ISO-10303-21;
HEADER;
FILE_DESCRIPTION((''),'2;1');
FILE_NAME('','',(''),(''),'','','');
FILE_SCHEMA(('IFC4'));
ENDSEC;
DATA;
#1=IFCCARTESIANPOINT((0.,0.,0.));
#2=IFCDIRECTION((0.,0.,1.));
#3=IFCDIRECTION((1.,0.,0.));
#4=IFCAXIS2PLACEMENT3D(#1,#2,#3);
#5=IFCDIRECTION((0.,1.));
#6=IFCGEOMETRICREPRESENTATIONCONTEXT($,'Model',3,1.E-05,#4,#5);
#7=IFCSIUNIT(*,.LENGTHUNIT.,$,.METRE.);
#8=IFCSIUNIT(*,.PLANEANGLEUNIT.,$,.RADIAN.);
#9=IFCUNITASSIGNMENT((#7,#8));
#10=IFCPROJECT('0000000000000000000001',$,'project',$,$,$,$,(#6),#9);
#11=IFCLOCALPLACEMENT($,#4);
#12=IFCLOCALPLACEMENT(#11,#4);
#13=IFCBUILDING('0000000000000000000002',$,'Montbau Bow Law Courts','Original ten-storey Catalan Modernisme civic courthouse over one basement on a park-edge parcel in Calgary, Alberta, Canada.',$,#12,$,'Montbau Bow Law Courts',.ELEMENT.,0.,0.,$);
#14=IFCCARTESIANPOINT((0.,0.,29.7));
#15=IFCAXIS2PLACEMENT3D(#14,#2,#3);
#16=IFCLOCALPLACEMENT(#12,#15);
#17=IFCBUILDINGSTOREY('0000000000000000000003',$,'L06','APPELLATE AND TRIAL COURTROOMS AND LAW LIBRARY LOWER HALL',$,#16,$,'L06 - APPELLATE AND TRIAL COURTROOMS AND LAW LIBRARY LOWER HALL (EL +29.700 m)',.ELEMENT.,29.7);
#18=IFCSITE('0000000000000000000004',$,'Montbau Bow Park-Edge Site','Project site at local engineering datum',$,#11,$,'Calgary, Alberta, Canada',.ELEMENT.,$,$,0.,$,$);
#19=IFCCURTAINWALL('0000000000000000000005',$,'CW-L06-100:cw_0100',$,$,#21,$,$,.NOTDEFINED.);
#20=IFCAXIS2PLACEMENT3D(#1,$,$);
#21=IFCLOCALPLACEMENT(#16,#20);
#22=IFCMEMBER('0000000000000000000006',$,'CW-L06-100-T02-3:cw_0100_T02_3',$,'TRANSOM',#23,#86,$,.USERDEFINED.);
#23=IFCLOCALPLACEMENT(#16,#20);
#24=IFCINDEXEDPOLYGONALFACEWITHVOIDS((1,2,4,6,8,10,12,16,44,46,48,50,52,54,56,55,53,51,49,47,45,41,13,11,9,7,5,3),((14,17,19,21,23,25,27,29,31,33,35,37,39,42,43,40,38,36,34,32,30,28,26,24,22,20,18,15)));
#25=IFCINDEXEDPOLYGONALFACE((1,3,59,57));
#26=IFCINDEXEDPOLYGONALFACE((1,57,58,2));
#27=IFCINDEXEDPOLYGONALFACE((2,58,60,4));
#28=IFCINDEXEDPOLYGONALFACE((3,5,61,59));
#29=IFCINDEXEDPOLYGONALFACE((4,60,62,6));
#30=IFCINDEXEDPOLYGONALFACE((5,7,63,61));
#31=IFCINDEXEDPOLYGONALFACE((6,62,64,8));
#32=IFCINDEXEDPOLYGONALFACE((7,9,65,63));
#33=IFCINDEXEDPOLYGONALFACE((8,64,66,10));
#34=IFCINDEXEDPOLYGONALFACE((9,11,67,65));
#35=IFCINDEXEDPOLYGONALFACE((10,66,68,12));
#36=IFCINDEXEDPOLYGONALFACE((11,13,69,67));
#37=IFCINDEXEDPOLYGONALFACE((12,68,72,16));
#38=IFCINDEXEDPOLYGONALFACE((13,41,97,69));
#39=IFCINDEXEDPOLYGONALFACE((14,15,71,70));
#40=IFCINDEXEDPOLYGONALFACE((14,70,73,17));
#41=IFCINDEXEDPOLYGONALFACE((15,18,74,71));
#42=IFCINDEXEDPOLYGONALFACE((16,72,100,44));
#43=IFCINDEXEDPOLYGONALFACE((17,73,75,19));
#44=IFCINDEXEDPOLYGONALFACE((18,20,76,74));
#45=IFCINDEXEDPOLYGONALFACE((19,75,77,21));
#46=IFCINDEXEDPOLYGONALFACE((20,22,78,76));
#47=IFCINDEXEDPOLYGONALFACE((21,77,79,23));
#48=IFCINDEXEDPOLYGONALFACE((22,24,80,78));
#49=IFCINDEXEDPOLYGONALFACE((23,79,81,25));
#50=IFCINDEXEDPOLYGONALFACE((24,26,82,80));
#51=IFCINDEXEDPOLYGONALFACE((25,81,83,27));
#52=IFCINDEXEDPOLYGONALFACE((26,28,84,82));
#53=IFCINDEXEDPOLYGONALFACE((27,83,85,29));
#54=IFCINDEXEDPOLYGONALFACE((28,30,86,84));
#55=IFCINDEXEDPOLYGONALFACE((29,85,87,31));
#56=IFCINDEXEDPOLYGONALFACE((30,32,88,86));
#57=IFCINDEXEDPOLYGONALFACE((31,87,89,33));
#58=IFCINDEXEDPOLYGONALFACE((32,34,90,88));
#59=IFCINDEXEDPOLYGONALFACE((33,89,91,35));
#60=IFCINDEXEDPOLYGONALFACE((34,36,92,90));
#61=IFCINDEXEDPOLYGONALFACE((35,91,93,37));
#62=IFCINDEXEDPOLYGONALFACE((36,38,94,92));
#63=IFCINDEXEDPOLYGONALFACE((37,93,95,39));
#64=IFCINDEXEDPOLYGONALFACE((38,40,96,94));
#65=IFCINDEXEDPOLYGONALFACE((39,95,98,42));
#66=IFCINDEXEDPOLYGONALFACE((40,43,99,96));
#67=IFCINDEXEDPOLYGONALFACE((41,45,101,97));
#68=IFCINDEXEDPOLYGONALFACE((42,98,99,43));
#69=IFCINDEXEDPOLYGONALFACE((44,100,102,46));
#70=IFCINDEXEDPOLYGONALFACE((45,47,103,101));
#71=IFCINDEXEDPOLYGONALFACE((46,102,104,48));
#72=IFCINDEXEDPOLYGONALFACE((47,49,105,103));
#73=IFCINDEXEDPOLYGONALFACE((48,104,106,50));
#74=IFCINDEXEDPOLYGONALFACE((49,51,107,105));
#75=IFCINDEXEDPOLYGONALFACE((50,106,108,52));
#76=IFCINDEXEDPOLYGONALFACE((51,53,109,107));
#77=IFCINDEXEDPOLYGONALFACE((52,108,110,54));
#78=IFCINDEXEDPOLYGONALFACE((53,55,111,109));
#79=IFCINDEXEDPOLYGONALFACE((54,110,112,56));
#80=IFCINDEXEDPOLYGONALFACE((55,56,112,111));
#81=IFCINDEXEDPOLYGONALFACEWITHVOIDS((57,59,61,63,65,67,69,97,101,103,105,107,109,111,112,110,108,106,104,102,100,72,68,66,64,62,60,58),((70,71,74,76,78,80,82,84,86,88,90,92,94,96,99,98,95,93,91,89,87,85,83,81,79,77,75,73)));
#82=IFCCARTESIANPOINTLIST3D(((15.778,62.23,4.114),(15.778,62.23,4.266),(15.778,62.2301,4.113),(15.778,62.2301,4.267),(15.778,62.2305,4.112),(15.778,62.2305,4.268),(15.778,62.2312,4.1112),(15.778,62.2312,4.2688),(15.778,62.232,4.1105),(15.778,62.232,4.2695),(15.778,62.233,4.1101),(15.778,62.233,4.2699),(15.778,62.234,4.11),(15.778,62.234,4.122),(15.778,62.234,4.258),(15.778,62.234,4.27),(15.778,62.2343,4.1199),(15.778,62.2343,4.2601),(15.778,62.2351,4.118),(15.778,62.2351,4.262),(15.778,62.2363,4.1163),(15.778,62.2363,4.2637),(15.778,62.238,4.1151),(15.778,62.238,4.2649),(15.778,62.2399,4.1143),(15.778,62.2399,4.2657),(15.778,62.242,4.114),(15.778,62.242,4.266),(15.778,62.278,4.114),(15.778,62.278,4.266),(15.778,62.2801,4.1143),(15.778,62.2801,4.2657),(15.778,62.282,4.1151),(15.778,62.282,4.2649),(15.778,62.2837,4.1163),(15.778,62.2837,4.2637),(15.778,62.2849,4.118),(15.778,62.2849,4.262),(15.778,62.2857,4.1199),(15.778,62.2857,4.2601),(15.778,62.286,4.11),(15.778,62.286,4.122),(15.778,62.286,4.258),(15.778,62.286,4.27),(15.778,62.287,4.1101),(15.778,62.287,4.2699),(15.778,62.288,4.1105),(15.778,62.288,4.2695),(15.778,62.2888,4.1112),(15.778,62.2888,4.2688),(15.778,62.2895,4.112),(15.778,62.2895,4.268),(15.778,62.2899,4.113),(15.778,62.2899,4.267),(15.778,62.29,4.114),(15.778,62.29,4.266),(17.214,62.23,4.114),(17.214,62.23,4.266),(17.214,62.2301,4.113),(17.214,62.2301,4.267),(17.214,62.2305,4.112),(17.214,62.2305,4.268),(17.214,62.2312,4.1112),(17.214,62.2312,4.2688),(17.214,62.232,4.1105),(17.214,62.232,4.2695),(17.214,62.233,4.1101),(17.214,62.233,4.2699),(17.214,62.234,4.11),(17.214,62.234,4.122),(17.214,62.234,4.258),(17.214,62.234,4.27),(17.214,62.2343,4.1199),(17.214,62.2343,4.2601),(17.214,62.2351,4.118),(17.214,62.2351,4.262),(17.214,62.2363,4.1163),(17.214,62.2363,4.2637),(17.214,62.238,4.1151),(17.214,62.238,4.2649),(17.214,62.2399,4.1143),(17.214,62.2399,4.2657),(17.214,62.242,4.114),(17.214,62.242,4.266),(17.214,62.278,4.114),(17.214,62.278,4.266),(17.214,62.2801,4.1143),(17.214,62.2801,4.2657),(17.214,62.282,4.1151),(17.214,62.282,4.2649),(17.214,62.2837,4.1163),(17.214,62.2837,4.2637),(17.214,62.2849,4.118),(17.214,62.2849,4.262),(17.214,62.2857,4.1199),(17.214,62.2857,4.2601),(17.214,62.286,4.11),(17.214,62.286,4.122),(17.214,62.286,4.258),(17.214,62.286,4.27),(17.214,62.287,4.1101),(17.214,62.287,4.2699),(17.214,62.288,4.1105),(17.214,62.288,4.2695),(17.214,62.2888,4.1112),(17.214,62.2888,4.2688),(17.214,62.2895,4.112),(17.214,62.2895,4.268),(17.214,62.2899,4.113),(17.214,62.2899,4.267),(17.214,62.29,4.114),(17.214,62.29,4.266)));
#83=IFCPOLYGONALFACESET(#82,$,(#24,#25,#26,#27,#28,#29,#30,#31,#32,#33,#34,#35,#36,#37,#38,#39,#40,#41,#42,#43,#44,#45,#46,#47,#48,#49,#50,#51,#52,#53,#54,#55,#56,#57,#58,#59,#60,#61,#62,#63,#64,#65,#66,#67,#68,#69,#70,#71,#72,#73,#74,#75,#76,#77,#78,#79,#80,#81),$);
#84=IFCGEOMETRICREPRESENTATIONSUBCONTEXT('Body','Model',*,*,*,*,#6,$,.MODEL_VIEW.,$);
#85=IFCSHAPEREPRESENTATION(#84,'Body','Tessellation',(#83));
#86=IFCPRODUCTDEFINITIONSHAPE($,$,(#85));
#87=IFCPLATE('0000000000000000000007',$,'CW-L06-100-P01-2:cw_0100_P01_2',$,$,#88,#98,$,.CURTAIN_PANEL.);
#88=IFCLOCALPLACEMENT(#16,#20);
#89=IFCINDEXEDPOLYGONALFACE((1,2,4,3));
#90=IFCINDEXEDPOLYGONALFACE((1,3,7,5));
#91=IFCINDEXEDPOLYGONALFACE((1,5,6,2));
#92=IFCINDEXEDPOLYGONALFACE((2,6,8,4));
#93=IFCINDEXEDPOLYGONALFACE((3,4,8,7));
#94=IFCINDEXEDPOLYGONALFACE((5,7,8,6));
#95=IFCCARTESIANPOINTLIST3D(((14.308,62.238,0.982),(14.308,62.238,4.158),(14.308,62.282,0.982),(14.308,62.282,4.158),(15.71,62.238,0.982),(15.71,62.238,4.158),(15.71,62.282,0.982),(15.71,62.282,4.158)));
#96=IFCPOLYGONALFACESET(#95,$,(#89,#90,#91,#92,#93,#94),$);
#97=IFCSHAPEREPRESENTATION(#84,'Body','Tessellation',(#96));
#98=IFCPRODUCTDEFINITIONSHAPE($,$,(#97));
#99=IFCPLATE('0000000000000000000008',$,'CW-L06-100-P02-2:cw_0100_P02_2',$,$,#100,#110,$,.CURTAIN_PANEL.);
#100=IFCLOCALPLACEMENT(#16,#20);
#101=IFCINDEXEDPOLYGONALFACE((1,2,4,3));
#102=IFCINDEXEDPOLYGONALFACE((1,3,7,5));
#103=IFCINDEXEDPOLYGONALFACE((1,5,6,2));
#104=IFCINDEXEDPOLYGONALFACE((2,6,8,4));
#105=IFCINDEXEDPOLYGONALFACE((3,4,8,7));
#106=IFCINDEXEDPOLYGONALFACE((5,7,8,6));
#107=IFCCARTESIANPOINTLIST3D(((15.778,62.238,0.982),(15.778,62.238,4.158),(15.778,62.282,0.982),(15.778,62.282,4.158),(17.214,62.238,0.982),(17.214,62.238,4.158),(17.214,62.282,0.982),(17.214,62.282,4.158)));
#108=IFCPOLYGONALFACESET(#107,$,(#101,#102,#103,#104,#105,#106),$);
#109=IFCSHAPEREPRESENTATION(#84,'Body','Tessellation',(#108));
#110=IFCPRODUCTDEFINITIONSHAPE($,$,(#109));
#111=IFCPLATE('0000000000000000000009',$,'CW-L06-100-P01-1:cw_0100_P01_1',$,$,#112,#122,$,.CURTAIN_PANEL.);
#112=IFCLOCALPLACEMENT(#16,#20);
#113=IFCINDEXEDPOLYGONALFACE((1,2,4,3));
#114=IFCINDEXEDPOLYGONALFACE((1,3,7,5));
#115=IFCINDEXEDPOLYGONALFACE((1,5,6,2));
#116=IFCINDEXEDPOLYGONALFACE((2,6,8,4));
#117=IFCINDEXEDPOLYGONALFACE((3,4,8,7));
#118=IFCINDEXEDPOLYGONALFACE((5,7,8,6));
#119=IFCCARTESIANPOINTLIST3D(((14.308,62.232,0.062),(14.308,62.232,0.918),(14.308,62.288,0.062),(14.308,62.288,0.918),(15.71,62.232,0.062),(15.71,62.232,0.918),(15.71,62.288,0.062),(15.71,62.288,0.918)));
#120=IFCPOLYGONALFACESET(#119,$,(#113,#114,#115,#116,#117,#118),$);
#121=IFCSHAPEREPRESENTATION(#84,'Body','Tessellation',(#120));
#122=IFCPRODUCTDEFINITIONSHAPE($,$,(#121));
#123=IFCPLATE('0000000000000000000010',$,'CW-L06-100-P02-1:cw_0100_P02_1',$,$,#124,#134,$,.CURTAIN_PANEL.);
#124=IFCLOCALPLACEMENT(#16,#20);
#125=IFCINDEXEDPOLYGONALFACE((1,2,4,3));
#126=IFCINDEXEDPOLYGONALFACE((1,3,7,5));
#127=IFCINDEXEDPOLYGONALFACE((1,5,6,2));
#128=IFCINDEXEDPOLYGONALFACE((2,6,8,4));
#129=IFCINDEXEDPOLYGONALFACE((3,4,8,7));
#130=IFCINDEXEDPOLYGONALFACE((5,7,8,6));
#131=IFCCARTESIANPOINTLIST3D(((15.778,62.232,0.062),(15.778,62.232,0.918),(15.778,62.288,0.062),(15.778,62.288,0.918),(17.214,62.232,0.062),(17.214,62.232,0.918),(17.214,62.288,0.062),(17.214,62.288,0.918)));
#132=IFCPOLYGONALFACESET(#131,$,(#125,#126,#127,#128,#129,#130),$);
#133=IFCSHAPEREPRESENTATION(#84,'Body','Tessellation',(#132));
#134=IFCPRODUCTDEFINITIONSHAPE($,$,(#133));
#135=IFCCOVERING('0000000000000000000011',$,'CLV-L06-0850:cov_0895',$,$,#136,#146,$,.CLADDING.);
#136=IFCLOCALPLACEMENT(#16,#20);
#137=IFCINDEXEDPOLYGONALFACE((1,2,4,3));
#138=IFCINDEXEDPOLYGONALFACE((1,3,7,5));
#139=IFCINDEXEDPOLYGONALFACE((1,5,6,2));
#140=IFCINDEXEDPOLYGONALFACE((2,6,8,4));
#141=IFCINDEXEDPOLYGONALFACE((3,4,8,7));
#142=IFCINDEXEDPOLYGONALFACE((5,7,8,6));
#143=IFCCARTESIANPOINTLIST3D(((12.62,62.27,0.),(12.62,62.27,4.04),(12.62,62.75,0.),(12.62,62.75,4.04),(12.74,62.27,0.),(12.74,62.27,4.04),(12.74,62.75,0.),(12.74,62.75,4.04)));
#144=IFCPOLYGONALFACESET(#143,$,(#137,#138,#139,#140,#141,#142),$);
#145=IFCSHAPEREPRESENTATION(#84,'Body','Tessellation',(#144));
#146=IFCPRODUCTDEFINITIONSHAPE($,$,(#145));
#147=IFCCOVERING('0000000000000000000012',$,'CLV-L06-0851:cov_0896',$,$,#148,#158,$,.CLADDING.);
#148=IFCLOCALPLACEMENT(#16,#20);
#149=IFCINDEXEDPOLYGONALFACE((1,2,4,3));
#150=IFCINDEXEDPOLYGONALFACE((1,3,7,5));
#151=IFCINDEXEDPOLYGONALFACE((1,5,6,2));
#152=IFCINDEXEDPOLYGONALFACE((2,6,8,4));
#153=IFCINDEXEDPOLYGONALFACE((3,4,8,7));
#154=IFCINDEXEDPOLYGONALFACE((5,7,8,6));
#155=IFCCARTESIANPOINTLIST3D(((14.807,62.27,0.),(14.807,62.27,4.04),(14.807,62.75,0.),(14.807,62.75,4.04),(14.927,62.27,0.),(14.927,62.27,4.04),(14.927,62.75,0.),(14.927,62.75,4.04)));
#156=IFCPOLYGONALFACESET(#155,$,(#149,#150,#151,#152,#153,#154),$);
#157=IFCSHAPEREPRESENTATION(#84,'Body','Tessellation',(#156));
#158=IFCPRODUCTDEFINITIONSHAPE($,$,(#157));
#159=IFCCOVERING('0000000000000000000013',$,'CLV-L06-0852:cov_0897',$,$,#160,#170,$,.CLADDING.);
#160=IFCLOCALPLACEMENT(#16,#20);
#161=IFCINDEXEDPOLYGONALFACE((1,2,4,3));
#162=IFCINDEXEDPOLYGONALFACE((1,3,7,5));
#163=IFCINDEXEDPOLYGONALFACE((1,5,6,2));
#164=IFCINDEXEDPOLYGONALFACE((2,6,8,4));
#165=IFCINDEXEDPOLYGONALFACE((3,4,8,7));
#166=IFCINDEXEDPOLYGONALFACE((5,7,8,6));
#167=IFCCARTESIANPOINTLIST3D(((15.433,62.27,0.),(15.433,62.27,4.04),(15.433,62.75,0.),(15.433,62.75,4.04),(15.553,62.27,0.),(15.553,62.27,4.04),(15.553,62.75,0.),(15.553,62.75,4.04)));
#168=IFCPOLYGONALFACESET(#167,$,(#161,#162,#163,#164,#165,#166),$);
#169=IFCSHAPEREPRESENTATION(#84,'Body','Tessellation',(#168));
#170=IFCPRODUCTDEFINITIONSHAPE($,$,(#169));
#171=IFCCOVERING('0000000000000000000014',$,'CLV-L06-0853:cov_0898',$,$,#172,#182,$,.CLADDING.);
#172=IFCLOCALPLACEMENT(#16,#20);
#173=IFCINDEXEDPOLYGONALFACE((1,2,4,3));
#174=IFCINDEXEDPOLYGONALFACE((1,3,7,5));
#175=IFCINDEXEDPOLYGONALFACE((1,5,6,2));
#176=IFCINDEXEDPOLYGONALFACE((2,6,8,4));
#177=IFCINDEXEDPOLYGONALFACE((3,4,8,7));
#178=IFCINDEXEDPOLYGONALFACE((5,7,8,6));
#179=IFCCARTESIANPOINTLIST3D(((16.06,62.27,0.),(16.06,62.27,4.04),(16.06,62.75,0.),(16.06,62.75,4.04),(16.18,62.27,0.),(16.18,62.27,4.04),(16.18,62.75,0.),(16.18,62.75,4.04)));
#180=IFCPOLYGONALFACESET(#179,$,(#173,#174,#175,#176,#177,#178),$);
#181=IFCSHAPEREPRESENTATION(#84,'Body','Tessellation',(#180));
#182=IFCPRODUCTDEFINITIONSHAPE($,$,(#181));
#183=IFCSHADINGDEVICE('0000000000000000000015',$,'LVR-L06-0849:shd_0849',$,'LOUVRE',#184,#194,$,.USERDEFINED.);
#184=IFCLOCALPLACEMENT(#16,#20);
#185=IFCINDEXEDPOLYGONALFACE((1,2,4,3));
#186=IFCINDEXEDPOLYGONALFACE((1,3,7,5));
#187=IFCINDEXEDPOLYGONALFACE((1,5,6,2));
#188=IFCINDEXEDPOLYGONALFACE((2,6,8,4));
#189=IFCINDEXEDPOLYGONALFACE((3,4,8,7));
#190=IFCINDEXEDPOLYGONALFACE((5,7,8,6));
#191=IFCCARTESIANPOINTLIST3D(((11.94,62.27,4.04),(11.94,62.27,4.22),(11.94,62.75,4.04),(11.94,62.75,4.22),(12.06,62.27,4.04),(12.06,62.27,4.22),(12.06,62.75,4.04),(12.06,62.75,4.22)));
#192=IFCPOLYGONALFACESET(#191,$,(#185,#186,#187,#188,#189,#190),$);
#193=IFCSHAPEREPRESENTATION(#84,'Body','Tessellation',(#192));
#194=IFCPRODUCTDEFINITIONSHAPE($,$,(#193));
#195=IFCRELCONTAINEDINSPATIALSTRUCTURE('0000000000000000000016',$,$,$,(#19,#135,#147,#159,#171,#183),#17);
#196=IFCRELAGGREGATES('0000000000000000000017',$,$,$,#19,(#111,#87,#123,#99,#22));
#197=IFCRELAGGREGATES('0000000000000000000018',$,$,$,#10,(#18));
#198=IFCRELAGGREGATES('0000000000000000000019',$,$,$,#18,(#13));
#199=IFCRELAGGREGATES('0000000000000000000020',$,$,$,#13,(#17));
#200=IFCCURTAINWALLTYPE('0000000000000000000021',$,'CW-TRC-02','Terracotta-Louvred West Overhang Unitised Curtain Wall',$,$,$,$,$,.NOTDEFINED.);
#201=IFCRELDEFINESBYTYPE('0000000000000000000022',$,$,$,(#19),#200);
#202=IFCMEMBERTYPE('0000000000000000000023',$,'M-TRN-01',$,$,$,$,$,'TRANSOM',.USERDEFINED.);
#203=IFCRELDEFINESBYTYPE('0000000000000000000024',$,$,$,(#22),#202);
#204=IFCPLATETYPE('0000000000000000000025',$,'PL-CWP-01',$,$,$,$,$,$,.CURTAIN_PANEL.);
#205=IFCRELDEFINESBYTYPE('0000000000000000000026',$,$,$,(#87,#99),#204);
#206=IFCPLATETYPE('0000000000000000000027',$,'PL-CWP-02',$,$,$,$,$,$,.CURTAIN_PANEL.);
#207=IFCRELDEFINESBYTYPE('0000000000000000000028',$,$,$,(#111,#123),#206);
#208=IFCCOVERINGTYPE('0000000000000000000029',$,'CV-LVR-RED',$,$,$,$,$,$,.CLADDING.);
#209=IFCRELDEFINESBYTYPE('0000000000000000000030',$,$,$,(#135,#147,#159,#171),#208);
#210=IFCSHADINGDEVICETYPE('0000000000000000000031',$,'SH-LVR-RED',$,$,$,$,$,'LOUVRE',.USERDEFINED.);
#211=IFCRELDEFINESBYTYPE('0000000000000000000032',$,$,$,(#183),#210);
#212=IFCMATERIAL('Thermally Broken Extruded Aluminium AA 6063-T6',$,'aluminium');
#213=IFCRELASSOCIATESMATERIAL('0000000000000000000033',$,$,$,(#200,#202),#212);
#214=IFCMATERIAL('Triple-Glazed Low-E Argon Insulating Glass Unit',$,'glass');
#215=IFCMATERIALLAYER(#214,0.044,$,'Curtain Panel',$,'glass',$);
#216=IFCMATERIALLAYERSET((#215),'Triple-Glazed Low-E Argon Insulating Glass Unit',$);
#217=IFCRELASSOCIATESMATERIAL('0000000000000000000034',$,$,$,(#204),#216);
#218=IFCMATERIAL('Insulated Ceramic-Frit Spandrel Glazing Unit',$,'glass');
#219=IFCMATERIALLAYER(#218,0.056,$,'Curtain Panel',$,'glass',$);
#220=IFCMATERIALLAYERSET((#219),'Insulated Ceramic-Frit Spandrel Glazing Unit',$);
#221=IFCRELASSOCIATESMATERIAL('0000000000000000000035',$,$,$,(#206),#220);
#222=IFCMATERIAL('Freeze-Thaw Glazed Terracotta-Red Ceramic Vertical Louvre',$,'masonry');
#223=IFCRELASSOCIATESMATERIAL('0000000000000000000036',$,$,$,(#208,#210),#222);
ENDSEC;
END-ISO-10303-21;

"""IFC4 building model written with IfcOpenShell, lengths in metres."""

from ifc_helpers import new_model, si_unit, direction, frame, frame_2d, origin_with_axes, origin_2d_with_axis, place, context, subcontext, project, spatial, rectangle, hollow_rectangle, extrude, material, layer, layer_set, material_profile, profile_set, type_object, element, aggregate, save


model = new_model("IFC4")

# Units and contexts
model_context = context("Model", 3, precision=1e-05, world=origin_with_axes(), true_north=direction((0.0, 1.0)))
body_context = subcontext(model_context, "Body", "Model", "MODEL_VIEW")
ifc_project = project(units=[si_unit("LENGTHUNIT", "METRE"), si_unit("PLANEANGLEUNIT", "RADIAN")], contexts=[model_context])

# Site, building, storey
site_placement = place(None, origin_with_axes())
site = spatial("IfcSite", under=ifc_project, at=site_placement, Name="Montbau Bow Park-Edge Site", Description="Project site at local engineering datum", LongName="Calgary, Alberta, Canada", CompositionType="ELEMENT", RefElevation=0.0)
building_placement = place(site_placement, origin_with_axes())
building = spatial("IfcBuilding", under=site, at=building_placement, Name="Montbau Bow Law Courts", Description="Original ten-storey Catalan Modernisme civic courthouse over one basement on a park-edge parcel in Calgary, Alberta, Canada.", LongName="Montbau Bow Law Courts", CompositionType="ELEMENT", ElevationOfRefHeight=0.0, ElevationOfTerrain=0.0)
storey_placement = place(building_placement, frame((0.0, 0.0, 29.7), z_axis=(0.0, 0.0, 1.0), x_axis=(1.0, 0.0, 0.0)))
storey = spatial("IfcBuildingStorey", under=building, at=storey_placement, Name="L06", Description="APPELLATE AND TRIAL COURTROOMS AND LAW LIBRARY LOWER HALL", LongName="L06 - APPELLATE AND TRIAL COURTROOMS AND LAW LIBRARY LOWER HALL (EL +29.700 m)", CompositionType="ELEMENT", Elevation=29.7)

# Shared definitions
ifc_material_1 = material(Name="Thermally Broken Extruded Aluminium AA 6063-T6", Category="aluminium")
curtain_wall_type = type_object("IfcCurtainWallType", Name="CW-TRC-02", Description="Terracotta-Louvred West Overhang Unitised Curtain Wall", PredefinedType="NOTDEFINED", material=ifc_material_1)

# Curtain wall, member, plates
curtain_wall_1_placement = place(None, frame((14.24, 62.26, 29.7), z_axis=(0.0, 0.0, 1.0), x_axis=(1.0, 0.0, 0.0)))
curtain_wall_1 = element("IfcCurtainWall", 1, at=curtain_wall_1_placement, inside=storey, type_object=curtain_wall_type, Name="CW-L06-100:cw_0100", PredefinedType="NOTDEFINED")
ifc_material_profile_1 = material_profile(ifc_material_1, hollow_rectangle(XDim=0.06, YDim=0.16, WallThickness=0.004, InnerFilletRadius=0.008, OuterFilletRadius=0.004, at=origin_2d_with_axis()), Name="CWT-160X60", Category="Main", Priority=0)
ifc_profile_set_1 = profile_set([ifc_material_profile_1], Name="Thermally Broken Extruded Aluminium AA 6063-T6")
member_type_1 = type_object("IfcMemberType", Name="M-TRN-01", ElementType="TRANSOM", PredefinedType="USERDEFINED", material=ifc_profile_set_1)
member_1_placement = place(None, frame((15.778, 62.26, 33.89), z_axis=(1.0, 0.0, 0.0), x_axis=(0.0, 1.0, 0.0)))
member_1 = element("IfcMember", 2, at=member_1_placement, type_object=member_type_1, Name="CW-L06-100-T02-3:cw_0100_T02_3", ObjectType="TRANSOM", PredefinedType="USERDEFINED", context=body_context, shape_type="SweptSolid", body=[
    extrude(hollow_rectangle(XDim=0.06, YDim=0.16, WallThickness=0.004, InnerFilletRadius=0.008, OuterFilletRadius=0.004, at=origin_2d_with_axis()), origin_with_axes(), (0.0, 0.0, 1.0), 1.436),
])
ifc_material_2 = material(Name="Triple-Glazed Low-E Argon Insulating Glass Unit", Category="glass")
ifc_layer_1 = layer(ifc_material_2, 0.044, Name="Curtain Panel", Category="glass")
ifc_layer_set_1 = layer_set([ifc_layer_1], Name="Triple-Glazed Low-E Argon Insulating Glass Unit")
plate_type_1 = type_object("IfcPlateType", Name="PL-CWP-01", PredefinedType="CURTAIN_PANEL", material=ifc_layer_set_1)
plate_1_placement = place(None, frame((14.308, 62.26, 30.682), z_axis=(0.0, -1.0, 0.0), x_axis=(1.0, 0.0, 0.0)))
plate_1 = element("IfcPlate", 3, at=plate_1_placement, type_object=plate_type_1, Name="CW-L06-100-P01-2:cw_0100_P01_2", PredefinedType="CURTAIN_PANEL", context=body_context, shape_type="SweptSolid", body=[
    extrude(rectangle(XDim=1.402, YDim=3.176, at=frame_2d((0.701, 1.588), x_axis=(1.0, 0.0))), frame((0.0, 0.0, -0.022), z_axis=(0.0, 0.0, 1.0), x_axis=(1.0, 0.0, 0.0)), (0.0, 0.0, 1.0), 0.044),
])
plate_2_placement = place(None, frame((15.778, 62.26, 30.682), z_axis=(0.0, -1.0, 0.0), x_axis=(1.0, 0.0, 0.0)))
plate_2 = element("IfcPlate", 4, at=plate_2_placement, type_object=plate_type_1, Name="CW-L06-100-P02-2:cw_0100_P02_2", PredefinedType="CURTAIN_PANEL", context=body_context, shape_type="SweptSolid", body=[
    extrude(rectangle(XDim=1.436, YDim=3.176, at=frame_2d((0.718, 1.588), x_axis=(1.0, 0.0))), frame((0.0, 0.0, -0.022), z_axis=(0.0, 0.0, 1.0), x_axis=(1.0, 0.0, 0.0)), (0.0, 0.0, 1.0), 0.044),
])
ifc_material_3 = material(Name="Insulated Ceramic-Frit Spandrel Glazing Unit", Category="glass")
ifc_layer_2 = layer(ifc_material_3, 0.056, Name="Curtain Panel", Category="glass")
ifc_layer_set_2 = layer_set([ifc_layer_2], Name="Insulated Ceramic-Frit Spandrel Glazing Unit")
plate_type_2 = type_object("IfcPlateType", Name="PL-CWP-02", PredefinedType="CURTAIN_PANEL", material=ifc_layer_set_2)
plate_3_placement = place(None, frame((14.308, 62.26, 29.762), z_axis=(0.0, -1.0, 0.0), x_axis=(1.0, 0.0, 0.0)))
plate_3 = element("IfcPlate", 5, at=plate_3_placement, type_object=plate_type_2, Name="CW-L06-100-P01-1:cw_0100_P01_1", PredefinedType="CURTAIN_PANEL", context=body_context, shape_type="SweptSolid", body=[
    extrude(rectangle(XDim=1.402, YDim=0.856, at=frame_2d((0.701, 0.428), x_axis=(1.0, 0.0))), frame((0.0, 0.0, -0.028), z_axis=(0.0, 0.0, 1.0), x_axis=(1.0, 0.0, 0.0)), (0.0, 0.0, 1.0), 0.056),
])
plate_4_placement = place(None, frame((15.778, 62.26, 29.762), z_axis=(0.0, -1.0, 0.0), x_axis=(1.0, 0.0, 0.0)))
plate_4 = element("IfcPlate", 6, at=plate_4_placement, type_object=plate_type_2, Name="CW-L06-100-P02-1:cw_0100_P02_1", PredefinedType="CURTAIN_PANEL", context=body_context, shape_type="SweptSolid", body=[
    extrude(rectangle(XDim=1.436, YDim=0.856, at=frame_2d((0.718, 0.428), x_axis=(1.0, 0.0))), frame((0.0, 0.0, -0.028), z_axis=(0.0, 0.0, 1.0), x_axis=(1.0, 0.0, 0.0)), (0.0, 0.0, 1.0), 0.056),
])
aggregate(curtain_wall_1, [plate_3, plate_1, plate_4, plate_2, member_1])

# Coverings
ifc_material_4 = material(Name="Freeze-Thaw Glazed Terracotta-Red Ceramic Vertical Louvre", Category="masonry")
covering_type = type_object("IfcCoveringType", Name="CV-LVR-RED", PredefinedType="CLADDING", material=ifc_material_4)
for number, where, z_axis, x_axis, name in (
    (7, (12.68, 62.27, 29.7), (1.0, 0.0, 0.0), (0.0, 1.0, 0.0), "CLV-L06-0850:cov_0895"),
    (8, (14.867, 62.27, 29.7), (1.0, 0.0, 0.0), (0.0, 1.0, 0.0), "CLV-L06-0851:cov_0896"),
    (9, (15.493, 62.27, 29.7), (1.0, 0.0, 0.0), (0.0, 1.0, 0.0), "CLV-L06-0852:cov_0897"),
    (10, (16.12, 62.27, 29.7), (1.0, 0.0, 0.0), (0.0, 1.0, 0.0), "CLV-L06-0853:cov_0898"),
):
    element("IfcCovering", number, at=place(None, frame(where, z_axis=z_axis, x_axis=x_axis)), inside=storey, type_object=covering_type, Name=name, PredefinedType="CLADDING", context=body_context, shape_type="SweptSolid", body=[
        extrude(rectangle(XDim=0.48, YDim=4.04, at=frame_2d((0.24, 2.02), x_axis=(1.0, 0.0))), frame((0.0, 0.0, -0.06), z_axis=(0.0, 0.0, 1.0), x_axis=(1.0, 0.0, 0.0)), (0.0, 0.0, 1.0), 0.12),
    ])

# Shading device
shading_device_type = type_object("IfcShadingDeviceType", Name="SH-LVR-RED", ElementType="LOUVRE", PredefinedType="USERDEFINED", material=ifc_material_4)
for number, where, z_axis, x_axis, name in (
    (11, (12.0, 62.51, 33.74), (0.0, 0.0, 1.0), (0.0, 1.0, 0.0), "LVR-L06-0849:shd_0849"),
):
    element("IfcShadingDevice", number, at=place(None, frame(where, z_axis=z_axis, x_axis=x_axis)), inside=storey, type_object=shading_device_type, Name=name, ObjectType="LOUVRE", PredefinedType="USERDEFINED", context=body_context, shape_type="SweptSolid", body=[
        extrude(rectangle(XDim=0.48, YDim=0.12, at=origin_2d_with_axis()), origin_with_axes(), (0.0, 0.0, 1.0), 0.18),
    ])

save(model, "model.ifc")
